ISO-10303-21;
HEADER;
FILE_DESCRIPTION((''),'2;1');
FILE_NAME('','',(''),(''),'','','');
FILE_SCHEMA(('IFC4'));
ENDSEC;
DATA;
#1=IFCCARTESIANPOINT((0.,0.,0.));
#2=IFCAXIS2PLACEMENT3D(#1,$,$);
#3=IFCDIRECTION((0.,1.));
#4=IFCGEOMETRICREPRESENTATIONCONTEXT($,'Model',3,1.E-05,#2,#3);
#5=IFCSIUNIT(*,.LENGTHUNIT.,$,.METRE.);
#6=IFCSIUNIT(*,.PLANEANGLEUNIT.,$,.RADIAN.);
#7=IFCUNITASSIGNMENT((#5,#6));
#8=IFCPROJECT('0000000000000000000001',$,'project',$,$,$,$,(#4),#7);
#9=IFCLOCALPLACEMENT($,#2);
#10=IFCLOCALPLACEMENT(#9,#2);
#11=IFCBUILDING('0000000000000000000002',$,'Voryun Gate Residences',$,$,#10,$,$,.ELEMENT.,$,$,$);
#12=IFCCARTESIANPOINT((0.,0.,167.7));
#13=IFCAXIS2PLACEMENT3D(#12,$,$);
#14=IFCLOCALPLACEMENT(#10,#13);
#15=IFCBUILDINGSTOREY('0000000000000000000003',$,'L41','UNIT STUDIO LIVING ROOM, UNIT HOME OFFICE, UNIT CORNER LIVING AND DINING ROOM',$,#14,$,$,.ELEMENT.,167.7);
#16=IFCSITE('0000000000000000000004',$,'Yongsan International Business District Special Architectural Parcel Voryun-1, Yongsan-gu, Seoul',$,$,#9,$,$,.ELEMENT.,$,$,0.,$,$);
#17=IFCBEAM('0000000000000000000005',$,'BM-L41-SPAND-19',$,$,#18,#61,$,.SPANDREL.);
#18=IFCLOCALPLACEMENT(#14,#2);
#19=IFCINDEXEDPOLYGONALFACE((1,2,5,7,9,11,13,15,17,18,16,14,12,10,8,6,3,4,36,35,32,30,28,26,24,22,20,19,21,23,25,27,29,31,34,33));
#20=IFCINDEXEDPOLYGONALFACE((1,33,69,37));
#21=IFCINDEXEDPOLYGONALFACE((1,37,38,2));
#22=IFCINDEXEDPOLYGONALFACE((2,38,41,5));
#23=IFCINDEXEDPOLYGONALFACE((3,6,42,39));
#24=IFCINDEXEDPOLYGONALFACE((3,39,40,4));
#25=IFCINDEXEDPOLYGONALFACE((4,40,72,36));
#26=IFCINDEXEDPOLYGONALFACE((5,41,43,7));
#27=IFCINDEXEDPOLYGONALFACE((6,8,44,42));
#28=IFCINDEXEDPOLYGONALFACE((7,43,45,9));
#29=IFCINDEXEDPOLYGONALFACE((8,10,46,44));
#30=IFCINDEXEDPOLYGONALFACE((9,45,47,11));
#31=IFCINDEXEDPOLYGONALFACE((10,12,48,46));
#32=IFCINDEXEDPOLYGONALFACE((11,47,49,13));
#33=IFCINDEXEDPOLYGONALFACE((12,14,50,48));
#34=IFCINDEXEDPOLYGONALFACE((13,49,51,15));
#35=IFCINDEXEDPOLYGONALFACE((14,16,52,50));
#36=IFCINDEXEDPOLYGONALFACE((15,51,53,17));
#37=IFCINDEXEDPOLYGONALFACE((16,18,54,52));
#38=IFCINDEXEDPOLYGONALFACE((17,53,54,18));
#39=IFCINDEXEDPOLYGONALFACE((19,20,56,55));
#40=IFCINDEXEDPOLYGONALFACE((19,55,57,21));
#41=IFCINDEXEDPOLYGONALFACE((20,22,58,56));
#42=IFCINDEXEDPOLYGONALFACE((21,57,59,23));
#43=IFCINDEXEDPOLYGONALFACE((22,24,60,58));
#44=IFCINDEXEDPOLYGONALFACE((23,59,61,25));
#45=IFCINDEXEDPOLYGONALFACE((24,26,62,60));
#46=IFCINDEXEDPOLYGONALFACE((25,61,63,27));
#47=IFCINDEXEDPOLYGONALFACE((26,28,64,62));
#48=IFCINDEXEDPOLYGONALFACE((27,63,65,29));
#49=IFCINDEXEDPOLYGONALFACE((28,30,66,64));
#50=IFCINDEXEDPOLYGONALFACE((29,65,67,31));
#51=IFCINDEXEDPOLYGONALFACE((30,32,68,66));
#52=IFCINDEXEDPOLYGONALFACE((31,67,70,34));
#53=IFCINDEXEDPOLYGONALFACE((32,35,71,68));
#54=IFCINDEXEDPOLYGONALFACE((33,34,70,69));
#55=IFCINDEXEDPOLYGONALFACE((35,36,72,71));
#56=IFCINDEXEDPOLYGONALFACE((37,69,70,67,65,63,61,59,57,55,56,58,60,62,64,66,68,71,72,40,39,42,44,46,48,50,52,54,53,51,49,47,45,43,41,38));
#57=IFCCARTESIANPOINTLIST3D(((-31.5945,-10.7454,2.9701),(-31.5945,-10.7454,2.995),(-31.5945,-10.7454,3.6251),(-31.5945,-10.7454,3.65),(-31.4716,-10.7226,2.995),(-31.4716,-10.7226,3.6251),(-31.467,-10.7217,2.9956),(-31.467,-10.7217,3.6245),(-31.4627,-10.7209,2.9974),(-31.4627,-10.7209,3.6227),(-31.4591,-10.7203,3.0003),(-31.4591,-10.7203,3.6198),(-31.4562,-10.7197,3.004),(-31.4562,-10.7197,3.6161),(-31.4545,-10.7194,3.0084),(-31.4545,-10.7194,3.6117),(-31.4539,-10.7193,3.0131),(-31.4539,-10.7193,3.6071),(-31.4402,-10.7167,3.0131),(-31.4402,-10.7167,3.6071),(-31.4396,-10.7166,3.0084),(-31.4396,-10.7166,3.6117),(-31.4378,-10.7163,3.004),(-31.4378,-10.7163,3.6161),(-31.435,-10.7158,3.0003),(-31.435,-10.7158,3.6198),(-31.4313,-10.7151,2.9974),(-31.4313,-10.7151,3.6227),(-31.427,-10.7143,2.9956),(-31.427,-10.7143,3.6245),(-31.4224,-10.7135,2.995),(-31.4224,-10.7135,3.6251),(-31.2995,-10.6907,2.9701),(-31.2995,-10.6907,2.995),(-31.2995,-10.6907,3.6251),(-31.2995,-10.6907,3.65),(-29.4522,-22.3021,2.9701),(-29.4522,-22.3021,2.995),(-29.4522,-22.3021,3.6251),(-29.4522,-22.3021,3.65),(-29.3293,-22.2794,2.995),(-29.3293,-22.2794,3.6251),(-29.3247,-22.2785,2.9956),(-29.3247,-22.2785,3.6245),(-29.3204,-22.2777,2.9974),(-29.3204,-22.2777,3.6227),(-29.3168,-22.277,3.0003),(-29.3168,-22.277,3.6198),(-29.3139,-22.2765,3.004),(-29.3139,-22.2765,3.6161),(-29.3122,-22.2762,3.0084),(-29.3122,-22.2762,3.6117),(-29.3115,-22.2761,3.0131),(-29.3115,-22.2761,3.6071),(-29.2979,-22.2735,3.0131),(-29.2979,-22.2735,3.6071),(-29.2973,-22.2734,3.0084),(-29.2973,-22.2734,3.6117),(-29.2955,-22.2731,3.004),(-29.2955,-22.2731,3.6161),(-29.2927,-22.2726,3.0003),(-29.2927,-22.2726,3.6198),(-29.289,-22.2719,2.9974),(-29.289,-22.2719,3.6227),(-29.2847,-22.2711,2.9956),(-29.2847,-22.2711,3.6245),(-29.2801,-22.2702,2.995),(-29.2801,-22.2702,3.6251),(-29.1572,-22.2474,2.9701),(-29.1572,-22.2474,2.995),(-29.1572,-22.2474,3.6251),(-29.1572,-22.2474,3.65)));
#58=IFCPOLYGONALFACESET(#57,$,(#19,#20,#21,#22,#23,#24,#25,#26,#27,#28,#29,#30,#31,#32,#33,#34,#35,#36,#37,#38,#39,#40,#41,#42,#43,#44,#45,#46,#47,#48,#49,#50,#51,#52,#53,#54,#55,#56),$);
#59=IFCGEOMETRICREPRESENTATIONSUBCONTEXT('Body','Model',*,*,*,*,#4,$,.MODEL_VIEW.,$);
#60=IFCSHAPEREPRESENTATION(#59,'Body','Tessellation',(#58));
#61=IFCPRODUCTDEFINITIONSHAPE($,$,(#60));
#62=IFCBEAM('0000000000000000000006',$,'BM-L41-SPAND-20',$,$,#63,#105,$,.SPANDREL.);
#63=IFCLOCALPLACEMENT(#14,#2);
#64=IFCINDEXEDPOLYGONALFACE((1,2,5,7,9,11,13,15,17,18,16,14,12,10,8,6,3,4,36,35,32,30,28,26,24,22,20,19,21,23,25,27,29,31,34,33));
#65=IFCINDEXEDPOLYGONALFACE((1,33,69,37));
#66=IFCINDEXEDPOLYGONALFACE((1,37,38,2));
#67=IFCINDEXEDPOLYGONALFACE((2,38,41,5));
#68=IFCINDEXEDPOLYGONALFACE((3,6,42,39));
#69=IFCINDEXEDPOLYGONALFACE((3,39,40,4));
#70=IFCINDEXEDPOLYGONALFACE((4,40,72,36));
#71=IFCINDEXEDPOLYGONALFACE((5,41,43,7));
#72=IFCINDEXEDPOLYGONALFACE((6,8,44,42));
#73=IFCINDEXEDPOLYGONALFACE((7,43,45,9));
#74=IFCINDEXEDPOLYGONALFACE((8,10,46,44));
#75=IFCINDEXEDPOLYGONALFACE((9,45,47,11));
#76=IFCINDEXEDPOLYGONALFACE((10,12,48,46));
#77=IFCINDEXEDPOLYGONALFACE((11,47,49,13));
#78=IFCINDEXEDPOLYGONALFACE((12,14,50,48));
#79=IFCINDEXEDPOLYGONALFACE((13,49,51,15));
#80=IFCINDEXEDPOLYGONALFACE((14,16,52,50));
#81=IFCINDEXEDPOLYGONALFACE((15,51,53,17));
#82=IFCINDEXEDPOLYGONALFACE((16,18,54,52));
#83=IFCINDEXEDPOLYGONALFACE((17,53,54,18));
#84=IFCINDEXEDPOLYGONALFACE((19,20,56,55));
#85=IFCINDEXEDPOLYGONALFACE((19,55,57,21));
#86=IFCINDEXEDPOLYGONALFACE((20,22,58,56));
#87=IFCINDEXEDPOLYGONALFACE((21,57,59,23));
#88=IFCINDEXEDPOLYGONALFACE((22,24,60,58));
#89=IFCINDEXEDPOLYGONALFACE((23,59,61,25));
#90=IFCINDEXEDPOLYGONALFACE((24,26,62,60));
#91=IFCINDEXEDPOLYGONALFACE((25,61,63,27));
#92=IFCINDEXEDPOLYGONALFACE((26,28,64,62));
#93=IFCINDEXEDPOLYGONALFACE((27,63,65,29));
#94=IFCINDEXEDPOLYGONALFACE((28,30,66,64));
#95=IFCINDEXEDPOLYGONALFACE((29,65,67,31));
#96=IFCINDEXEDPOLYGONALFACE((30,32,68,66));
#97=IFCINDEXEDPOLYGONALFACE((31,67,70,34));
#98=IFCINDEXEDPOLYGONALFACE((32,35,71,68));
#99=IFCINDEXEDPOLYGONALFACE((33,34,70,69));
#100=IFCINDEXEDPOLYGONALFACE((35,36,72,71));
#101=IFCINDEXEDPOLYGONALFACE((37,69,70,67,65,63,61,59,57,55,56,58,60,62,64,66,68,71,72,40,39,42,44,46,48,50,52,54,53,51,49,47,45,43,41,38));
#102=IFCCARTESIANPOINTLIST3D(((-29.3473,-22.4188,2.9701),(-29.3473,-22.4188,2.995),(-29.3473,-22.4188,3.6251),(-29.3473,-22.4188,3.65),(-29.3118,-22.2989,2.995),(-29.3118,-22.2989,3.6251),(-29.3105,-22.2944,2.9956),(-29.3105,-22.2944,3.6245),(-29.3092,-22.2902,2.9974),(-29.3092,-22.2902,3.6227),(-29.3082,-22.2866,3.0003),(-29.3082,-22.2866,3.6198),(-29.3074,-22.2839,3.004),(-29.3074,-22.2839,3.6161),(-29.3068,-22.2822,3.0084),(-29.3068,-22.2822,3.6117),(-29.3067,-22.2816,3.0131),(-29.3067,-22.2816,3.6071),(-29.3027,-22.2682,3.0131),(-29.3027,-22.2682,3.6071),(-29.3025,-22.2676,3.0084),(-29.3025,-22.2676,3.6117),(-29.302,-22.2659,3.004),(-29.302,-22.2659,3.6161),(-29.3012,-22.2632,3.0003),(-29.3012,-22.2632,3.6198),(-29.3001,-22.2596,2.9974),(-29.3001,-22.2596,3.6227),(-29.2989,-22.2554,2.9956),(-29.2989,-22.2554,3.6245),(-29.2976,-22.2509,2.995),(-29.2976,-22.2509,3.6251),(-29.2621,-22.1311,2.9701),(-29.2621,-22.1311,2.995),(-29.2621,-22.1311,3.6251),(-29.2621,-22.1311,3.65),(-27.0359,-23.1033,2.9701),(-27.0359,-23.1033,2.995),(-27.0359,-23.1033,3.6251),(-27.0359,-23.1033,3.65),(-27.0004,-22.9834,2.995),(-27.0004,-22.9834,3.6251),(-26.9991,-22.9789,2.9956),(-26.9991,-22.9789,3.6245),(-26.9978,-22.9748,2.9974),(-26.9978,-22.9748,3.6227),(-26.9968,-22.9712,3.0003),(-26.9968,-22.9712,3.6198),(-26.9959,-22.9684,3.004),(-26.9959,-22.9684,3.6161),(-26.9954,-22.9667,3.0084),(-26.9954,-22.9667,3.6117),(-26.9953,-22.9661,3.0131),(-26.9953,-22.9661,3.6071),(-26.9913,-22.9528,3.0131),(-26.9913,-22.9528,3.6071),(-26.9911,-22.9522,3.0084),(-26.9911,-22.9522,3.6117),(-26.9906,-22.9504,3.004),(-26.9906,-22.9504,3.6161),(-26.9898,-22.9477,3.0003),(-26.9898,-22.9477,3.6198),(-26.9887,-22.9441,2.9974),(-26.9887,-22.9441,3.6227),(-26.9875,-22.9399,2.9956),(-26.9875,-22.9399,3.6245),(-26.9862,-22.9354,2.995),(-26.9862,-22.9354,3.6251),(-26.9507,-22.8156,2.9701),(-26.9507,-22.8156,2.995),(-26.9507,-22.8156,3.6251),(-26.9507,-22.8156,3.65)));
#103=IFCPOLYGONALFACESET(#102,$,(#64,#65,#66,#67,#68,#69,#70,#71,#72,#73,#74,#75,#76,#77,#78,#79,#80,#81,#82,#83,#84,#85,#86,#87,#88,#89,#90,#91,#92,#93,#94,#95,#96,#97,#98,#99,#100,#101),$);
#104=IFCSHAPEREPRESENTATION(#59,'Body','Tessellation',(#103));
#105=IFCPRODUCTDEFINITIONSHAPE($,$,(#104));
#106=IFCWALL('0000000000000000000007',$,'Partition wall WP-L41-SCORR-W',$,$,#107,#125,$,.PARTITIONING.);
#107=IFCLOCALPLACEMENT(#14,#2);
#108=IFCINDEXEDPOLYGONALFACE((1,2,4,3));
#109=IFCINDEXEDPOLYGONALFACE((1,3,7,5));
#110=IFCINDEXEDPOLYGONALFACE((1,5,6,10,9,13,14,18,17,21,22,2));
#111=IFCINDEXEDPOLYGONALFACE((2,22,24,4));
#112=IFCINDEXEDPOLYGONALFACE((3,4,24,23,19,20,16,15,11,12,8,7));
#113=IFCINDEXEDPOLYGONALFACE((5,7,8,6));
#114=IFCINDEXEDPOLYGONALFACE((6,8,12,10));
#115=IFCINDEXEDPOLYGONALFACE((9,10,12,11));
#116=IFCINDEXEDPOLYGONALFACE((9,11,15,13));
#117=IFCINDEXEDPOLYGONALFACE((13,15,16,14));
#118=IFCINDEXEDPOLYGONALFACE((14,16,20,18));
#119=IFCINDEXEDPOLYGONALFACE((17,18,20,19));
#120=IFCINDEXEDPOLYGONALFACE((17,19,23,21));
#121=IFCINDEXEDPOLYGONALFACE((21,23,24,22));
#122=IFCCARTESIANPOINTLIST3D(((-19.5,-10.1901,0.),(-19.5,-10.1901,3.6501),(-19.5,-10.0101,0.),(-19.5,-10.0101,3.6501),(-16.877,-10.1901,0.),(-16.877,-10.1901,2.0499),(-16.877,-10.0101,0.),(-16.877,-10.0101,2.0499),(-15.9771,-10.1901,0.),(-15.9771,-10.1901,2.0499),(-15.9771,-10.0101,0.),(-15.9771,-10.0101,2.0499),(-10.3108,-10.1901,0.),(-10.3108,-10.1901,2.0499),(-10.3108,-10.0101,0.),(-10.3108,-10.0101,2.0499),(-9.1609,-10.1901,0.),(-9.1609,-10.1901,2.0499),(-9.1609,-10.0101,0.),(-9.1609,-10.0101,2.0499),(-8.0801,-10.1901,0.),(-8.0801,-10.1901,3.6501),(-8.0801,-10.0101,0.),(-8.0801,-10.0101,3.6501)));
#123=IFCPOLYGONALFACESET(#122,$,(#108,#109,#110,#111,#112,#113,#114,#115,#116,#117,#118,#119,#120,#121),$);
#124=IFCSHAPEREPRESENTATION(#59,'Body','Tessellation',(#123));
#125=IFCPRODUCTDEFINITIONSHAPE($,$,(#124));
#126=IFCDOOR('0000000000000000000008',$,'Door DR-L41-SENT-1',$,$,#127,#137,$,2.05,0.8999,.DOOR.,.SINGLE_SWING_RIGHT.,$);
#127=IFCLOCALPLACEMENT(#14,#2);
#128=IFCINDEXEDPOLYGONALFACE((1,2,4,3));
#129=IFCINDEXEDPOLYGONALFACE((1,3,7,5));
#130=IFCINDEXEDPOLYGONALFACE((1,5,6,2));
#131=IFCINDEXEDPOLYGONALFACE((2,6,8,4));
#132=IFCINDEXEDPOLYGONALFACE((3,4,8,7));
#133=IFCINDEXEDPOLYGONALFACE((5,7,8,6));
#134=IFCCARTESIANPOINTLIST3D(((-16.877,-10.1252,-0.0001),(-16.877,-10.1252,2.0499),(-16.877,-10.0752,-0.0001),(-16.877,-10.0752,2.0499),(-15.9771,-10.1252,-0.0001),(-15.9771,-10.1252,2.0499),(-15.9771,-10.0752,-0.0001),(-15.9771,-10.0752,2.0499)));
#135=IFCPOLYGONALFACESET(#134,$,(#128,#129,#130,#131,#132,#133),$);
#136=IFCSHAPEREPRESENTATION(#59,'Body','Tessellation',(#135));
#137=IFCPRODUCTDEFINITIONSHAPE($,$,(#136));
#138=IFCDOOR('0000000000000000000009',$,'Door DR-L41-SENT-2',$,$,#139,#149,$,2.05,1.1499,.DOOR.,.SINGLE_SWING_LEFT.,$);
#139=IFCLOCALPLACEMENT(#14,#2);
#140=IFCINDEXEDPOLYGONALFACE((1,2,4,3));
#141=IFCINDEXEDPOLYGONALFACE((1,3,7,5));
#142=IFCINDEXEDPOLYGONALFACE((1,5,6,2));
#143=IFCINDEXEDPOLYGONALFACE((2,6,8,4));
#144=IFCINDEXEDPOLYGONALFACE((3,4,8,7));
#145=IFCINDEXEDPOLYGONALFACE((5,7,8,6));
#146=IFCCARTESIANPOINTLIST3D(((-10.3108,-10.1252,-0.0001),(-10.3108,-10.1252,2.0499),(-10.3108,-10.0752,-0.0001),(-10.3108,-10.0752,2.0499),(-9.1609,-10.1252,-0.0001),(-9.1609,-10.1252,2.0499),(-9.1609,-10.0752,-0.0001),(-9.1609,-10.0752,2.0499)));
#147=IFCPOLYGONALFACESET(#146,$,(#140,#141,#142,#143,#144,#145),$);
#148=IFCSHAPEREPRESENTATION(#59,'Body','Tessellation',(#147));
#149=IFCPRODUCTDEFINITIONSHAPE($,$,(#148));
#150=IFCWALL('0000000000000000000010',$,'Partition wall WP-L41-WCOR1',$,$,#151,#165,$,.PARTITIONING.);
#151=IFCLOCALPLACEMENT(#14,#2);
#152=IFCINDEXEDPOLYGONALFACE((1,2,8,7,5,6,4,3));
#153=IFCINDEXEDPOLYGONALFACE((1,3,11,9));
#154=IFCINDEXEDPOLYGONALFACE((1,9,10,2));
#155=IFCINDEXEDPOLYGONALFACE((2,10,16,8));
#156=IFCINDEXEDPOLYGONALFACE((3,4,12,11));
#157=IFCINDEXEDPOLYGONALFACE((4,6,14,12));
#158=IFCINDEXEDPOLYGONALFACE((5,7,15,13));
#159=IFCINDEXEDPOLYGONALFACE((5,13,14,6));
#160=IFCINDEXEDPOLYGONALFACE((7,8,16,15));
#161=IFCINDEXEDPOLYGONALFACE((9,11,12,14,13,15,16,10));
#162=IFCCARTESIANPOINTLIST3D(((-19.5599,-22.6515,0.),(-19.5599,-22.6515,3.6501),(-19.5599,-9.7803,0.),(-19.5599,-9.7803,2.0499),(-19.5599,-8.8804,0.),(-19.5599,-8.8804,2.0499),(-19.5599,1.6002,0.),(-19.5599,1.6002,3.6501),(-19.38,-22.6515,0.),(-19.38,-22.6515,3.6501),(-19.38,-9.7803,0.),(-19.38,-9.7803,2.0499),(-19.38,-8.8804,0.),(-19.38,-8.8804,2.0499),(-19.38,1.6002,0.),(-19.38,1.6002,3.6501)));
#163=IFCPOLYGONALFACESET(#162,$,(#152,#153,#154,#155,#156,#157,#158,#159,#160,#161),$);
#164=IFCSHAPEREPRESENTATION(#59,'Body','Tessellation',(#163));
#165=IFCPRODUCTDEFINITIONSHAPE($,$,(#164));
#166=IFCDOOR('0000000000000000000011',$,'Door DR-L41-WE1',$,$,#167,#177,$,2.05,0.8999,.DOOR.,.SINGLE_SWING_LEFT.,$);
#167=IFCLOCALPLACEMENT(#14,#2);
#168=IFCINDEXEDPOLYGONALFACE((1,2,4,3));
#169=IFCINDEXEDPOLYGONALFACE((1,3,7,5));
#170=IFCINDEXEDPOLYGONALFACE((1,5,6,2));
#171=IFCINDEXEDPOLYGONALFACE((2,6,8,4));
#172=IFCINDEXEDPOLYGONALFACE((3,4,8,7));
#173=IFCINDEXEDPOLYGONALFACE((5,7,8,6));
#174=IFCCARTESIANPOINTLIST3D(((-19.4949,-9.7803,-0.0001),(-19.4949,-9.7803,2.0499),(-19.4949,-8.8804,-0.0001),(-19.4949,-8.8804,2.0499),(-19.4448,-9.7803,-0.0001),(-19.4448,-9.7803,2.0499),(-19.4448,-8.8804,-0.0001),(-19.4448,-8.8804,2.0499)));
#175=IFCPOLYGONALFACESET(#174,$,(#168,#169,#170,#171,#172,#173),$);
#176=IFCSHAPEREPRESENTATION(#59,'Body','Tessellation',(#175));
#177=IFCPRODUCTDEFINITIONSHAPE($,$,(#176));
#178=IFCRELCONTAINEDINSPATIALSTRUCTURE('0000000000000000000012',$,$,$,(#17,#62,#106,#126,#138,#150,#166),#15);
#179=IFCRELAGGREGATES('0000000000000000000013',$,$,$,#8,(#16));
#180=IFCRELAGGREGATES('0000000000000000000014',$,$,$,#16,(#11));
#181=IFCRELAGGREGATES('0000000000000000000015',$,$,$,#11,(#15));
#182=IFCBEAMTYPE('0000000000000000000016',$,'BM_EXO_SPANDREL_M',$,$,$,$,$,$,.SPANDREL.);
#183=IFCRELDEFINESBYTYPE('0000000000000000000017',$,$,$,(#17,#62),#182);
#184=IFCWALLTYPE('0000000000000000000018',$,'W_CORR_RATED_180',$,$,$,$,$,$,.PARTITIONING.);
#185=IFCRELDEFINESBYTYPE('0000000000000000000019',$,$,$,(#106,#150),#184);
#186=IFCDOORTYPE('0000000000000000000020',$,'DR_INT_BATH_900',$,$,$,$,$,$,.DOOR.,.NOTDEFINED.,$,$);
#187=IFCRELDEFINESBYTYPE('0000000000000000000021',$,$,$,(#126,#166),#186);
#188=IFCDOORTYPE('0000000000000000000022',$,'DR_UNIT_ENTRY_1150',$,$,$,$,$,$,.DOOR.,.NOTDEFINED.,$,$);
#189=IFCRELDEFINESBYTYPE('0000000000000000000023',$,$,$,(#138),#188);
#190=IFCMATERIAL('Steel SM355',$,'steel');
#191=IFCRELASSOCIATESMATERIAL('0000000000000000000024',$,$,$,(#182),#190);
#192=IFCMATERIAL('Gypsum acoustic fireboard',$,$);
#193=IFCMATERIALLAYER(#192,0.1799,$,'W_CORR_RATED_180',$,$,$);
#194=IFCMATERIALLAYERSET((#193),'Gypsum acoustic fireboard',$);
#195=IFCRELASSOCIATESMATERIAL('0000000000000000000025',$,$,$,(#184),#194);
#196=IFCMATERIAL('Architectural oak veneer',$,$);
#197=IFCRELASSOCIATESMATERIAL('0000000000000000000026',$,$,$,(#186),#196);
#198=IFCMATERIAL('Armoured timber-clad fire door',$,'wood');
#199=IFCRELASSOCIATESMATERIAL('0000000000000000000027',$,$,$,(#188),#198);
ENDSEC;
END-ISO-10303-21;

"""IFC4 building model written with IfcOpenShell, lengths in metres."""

from ifc_helpers import new_model, si_unit, direction, frame, frame_2d, origin, origin_2d, place, context, subcontext, project, spatial, rectangle, i_section, extrude, material, layer, layer_set, material_profile, profile_set, type_object, element, fill, save


model = new_model("IFC4")

# Units and contexts
model_context = context("Model", 3, precision=1e-05, world=origin(), true_north=direction((0.0, 1.0)))
body_context = subcontext(model_context, "Body", "Model", "MODEL_VIEW")
ifc_project = project(units=[si_unit("LENGTHUNIT", "METRE"), si_unit("PLANEANGLEUNIT", "RADIAN")], contexts=[model_context])

# Site, building, storey
site_placement = place(None, origin())
site = spatial("IfcSite", under=ifc_project, at=site_placement, Name="Yongsan International Business District Special Architectural Parcel Voryun-1, Yongsan-gu, Seoul", CompositionType="ELEMENT", RefElevation=0.0)
building_placement = place(site_placement, origin())
building = spatial("IfcBuilding", under=site, at=building_placement, Name="Voryun Gate Residences", CompositionType="ELEMENT")
storey_placement = place(building_placement, frame((0.0, 0.0, 167.7)))
storey = spatial("IfcBuildingStorey", under=building, at=storey_placement, Name="L41", Description="UNIT STUDIO LIVING ROOM, UNIT HOME OFFICE, UNIT CORNER LIVING AND DINING ROOM", CompositionType="ELEMENT", Elevation=167.7)

# Beams
ifc_material_1 = material(Name="Steel SM355", Category="steel")
ifc_material_profile_1 = material_profile(ifc_material_1, i_section(OverallWidth=0.3, OverallDepth=0.6799, WebThickness=0.0139, FlangeThickness=0.0249, FilletRadius=0.0181, at=origin_2d()), Name="H-680x300x14x25")
ifc_profile_set_1 = profile_set([ifc_material_profile_1], Name="Steel SM355")
beam_type = type_object("IfcBeamType", Name="BM_EXO_SPANDREL_M", PredefinedType="SPANDREL", material=ifc_profile_set_1)
beam_1_placement = place(storey_placement, frame((-31.447, -10.718, 3.3101), z_axis=(0.182268, -0.983249, 0.0), x_axis=(0.983249, 0.182268, 0.0)))
element("IfcBeam", 1, at=beam_1_placement, inside=storey, type_object=beam_type, Name="BM-L41-SPAND-19", PredefinedType="SPANDREL", context=body_context, shape_type="SweptSolid", body=[
    extrude(i_section(OverallWidth=0.3, OverallDepth=0.6799, WebThickness=0.0139, FlangeThickness=0.0249, FilletRadius=0.0181, at=origin_2d()), origin(), (0.0, 0.0, 1.0), 11.7537),
])
beam_2_placement = place(storey_placement, frame((-29.3047, -22.2749, 3.3101), z_axis=(0.958835, -0.283964, 0.0), x_axis=(0.283964, 0.958835, 0.0)))
element("IfcBeam", 2, at=beam_2_placement, inside=storey, type_object=beam_type, Name="BM-L41-SPAND-20", PredefinedType="SPANDREL", context=body_context, shape_type="SweptSolid", body=[
    extrude(i_section(OverallWidth=0.3, OverallDepth=0.6799, WebThickness=0.0139, FlangeThickness=0.0249, FilletRadius=0.0181, at=origin_2d()), origin(), (0.0, 0.0, 1.0), 2.4106),
])

# Wall, openings, doors
ifc_material_2 = material(Name="Gypsum acoustic fireboard")
ifc_layer_1 = layer(ifc_material_2, 0.1799, Name="W_CORR_RATED_180")
ifc_layer_set_1 = layer_set([ifc_layer_1], Name="Gypsum acoustic fireboard")
wall_type_1 = type_object("IfcWallType", Name="W_CORR_RATED_180", PredefinedType="PARTITIONING", material=ifc_layer_set_1)
wall_1_placement = place(storey_placement, frame((-19.5, -10.1001, 0.0), z_axis=(0.0, 0.0, 1.0), x_axis=(1.0, 0.0, 0.0)))
wall_1 = element("IfcWall", 3, at=wall_1_placement, inside=storey, type_object=wall_type_1, Name="Partition wall WP-L41-SCORR-W", PredefinedType="PARTITIONING", context=body_context, shape_type="SweptSolid", body=[
    extrude(rectangle(XDim=11.4199, YDim=0.1799, at=frame_2d((5.71, 0.0))), origin(), (0.0, 0.0, 1.0), 3.6501),
])
opening_1_placement = place(wall_1_placement, frame((2.623, 0.0, 0.0)))
opening_1 = element("IfcOpeningElement", 4, at=opening_1_placement, cuts=wall_1, PredefinedType="OPENING", context=body_context, shape_type="SweptSolid", body=[
    extrude(rectangle(XDim=0.8999, YDim=2.05, at=frame_2d((0.45, 1.0249))), frame((0.0, 0.0999, 0.0), z_axis=(0.0, -1.0, 0.0), x_axis=(1.0, 0.0, 0.0)), (0.0, 0.0, 1.0), 0.2),
])
opening_2_placement = place(wall_1_placement, frame((9.1892, 0.0, 0.0)))
opening_2 = element("IfcOpeningElement", 5, at=opening_2_placement, cuts=wall_1, PredefinedType="OPENING", context=body_context, shape_type="SweptSolid", body=[
    extrude(rectangle(XDim=1.1499, YDim=2.05, at=frame_2d((0.575, 1.0249))), frame((0.0, 0.0999, 0.0), z_axis=(0.0, -1.0, 0.0), x_axis=(1.0, 0.0, 0.0)), (0.0, 0.0, 1.0), 0.2),
])
ifc_material_3 = material(Name="Architectural oak veneer")
door_type_1 = type_object("IfcDoorType", Name="DR_INT_BATH_900", OperationType="NOTDEFINED", PredefinedType="DOOR", material=ifc_material_3)
door_1_placement = place(opening_1_placement, origin())
door_1 = element("IfcDoor", 6, at=door_1_placement, inside=storey, type_object=door_type_1, Name="Door DR-L41-SENT-1", OperationType="SINGLE_SWING_RIGHT", OverallHeight=2.05, OverallWidth=0.8999, PredefinedType="DOOR", context=body_context, shape_type="SweptSolid", body=[
    extrude(rectangle(XDim=0.8999, YDim=2.05, at=frame_2d((0.45, 1.0249))), frame((0.0, 0.0249, 0.0), z_axis=(0.0, -1.0, 0.0), x_axis=(1.0, 0.0, 0.0)), (0.0, 0.0, 1.0), 0.05),
])
fill(opening_1, door_1)
ifc_material_4 = material(Name="Armoured timber-clad fire door", Category="wood")
door_type_2 = type_object("IfcDoorType", Name="DR_UNIT_ENTRY_1150", OperationType="NOTDEFINED", PredefinedType="DOOR", material=ifc_material_4)
door_2_placement = place(opening_2_placement, origin())
door_2 = element("IfcDoor", 7, at=door_2_placement, inside=storey, type_object=door_type_2, Name="Door DR-L41-SENT-2", OperationType="SINGLE_SWING_LEFT", OverallHeight=2.05, OverallWidth=1.1499, PredefinedType="DOOR", context=body_context, shape_type="SweptSolid", body=[
    extrude(rectangle(XDim=1.1499, YDim=2.05, at=frame_2d((0.575, 1.0249))), frame((0.0, 0.0249, 0.0), z_axis=(0.0, -1.0, 0.0), x_axis=(1.0, 0.0, 0.0)), (0.0, 0.0, 1.0), 0.05),
])
fill(opening_2, door_2)

# Wall, opening, door
wall_2_placement = place(storey_placement, frame((-19.47, -22.6516, 0.0), z_axis=(0.0, 0.0, 1.0), x_axis=(0.0, 1.0, 0.0)))
wall_2 = element("IfcWall", 8, at=wall_2_placement, inside=storey, type_object=wall_type_1, Name="Partition wall WP-L41-WCOR1", PredefinedType="PARTITIONING", context=body_context, shape_type="SweptSolid", body=[
    extrude(rectangle(XDim=24.2517, YDim=0.1799, at=frame_2d((12.126, 0.0))), origin(), (0.0, 0.0, 1.0), 3.6501),
])
opening_3_placement = place(wall_2_placement, frame((12.8713, 0.0, 0.0)))
opening_3 = element("IfcOpeningElement", 9, at=opening_3_placement, cuts=wall_2, PredefinedType="OPENING", context=body_context, shape_type="SweptSolid", body=[
    extrude(rectangle(XDim=0.8999, YDim=2.05, at=frame_2d((0.45, 1.0249))), frame((0.0, 0.0999, 0.0), z_axis=(0.0, -1.0, 0.0), x_axis=(1.0, 0.0, 0.0)), (0.0, 0.0, 1.0), 0.2),
])
door_3_placement = place(opening_3_placement, origin())
door_3 = element("IfcDoor", 10, at=door_3_placement, inside=storey, type_object=door_type_1, Name="Door DR-L41-WE1", OperationType="SINGLE_SWING_LEFT", OverallHeight=2.05, OverallWidth=0.8999, PredefinedType="DOOR", context=body_context, shape_type="SweptSolid", body=[
    extrude(rectangle(XDim=0.8999, YDim=2.05, at=frame_2d((0.45, 1.0249))), frame((0.0, 0.0249, 0.0), z_axis=(0.0, -1.0, 0.0), x_axis=(1.0, 0.0, 0.0)), (0.0, 0.0, 1.0), 0.05),
])
fill(opening_3, door_3)

save(model, "model.ifc")
